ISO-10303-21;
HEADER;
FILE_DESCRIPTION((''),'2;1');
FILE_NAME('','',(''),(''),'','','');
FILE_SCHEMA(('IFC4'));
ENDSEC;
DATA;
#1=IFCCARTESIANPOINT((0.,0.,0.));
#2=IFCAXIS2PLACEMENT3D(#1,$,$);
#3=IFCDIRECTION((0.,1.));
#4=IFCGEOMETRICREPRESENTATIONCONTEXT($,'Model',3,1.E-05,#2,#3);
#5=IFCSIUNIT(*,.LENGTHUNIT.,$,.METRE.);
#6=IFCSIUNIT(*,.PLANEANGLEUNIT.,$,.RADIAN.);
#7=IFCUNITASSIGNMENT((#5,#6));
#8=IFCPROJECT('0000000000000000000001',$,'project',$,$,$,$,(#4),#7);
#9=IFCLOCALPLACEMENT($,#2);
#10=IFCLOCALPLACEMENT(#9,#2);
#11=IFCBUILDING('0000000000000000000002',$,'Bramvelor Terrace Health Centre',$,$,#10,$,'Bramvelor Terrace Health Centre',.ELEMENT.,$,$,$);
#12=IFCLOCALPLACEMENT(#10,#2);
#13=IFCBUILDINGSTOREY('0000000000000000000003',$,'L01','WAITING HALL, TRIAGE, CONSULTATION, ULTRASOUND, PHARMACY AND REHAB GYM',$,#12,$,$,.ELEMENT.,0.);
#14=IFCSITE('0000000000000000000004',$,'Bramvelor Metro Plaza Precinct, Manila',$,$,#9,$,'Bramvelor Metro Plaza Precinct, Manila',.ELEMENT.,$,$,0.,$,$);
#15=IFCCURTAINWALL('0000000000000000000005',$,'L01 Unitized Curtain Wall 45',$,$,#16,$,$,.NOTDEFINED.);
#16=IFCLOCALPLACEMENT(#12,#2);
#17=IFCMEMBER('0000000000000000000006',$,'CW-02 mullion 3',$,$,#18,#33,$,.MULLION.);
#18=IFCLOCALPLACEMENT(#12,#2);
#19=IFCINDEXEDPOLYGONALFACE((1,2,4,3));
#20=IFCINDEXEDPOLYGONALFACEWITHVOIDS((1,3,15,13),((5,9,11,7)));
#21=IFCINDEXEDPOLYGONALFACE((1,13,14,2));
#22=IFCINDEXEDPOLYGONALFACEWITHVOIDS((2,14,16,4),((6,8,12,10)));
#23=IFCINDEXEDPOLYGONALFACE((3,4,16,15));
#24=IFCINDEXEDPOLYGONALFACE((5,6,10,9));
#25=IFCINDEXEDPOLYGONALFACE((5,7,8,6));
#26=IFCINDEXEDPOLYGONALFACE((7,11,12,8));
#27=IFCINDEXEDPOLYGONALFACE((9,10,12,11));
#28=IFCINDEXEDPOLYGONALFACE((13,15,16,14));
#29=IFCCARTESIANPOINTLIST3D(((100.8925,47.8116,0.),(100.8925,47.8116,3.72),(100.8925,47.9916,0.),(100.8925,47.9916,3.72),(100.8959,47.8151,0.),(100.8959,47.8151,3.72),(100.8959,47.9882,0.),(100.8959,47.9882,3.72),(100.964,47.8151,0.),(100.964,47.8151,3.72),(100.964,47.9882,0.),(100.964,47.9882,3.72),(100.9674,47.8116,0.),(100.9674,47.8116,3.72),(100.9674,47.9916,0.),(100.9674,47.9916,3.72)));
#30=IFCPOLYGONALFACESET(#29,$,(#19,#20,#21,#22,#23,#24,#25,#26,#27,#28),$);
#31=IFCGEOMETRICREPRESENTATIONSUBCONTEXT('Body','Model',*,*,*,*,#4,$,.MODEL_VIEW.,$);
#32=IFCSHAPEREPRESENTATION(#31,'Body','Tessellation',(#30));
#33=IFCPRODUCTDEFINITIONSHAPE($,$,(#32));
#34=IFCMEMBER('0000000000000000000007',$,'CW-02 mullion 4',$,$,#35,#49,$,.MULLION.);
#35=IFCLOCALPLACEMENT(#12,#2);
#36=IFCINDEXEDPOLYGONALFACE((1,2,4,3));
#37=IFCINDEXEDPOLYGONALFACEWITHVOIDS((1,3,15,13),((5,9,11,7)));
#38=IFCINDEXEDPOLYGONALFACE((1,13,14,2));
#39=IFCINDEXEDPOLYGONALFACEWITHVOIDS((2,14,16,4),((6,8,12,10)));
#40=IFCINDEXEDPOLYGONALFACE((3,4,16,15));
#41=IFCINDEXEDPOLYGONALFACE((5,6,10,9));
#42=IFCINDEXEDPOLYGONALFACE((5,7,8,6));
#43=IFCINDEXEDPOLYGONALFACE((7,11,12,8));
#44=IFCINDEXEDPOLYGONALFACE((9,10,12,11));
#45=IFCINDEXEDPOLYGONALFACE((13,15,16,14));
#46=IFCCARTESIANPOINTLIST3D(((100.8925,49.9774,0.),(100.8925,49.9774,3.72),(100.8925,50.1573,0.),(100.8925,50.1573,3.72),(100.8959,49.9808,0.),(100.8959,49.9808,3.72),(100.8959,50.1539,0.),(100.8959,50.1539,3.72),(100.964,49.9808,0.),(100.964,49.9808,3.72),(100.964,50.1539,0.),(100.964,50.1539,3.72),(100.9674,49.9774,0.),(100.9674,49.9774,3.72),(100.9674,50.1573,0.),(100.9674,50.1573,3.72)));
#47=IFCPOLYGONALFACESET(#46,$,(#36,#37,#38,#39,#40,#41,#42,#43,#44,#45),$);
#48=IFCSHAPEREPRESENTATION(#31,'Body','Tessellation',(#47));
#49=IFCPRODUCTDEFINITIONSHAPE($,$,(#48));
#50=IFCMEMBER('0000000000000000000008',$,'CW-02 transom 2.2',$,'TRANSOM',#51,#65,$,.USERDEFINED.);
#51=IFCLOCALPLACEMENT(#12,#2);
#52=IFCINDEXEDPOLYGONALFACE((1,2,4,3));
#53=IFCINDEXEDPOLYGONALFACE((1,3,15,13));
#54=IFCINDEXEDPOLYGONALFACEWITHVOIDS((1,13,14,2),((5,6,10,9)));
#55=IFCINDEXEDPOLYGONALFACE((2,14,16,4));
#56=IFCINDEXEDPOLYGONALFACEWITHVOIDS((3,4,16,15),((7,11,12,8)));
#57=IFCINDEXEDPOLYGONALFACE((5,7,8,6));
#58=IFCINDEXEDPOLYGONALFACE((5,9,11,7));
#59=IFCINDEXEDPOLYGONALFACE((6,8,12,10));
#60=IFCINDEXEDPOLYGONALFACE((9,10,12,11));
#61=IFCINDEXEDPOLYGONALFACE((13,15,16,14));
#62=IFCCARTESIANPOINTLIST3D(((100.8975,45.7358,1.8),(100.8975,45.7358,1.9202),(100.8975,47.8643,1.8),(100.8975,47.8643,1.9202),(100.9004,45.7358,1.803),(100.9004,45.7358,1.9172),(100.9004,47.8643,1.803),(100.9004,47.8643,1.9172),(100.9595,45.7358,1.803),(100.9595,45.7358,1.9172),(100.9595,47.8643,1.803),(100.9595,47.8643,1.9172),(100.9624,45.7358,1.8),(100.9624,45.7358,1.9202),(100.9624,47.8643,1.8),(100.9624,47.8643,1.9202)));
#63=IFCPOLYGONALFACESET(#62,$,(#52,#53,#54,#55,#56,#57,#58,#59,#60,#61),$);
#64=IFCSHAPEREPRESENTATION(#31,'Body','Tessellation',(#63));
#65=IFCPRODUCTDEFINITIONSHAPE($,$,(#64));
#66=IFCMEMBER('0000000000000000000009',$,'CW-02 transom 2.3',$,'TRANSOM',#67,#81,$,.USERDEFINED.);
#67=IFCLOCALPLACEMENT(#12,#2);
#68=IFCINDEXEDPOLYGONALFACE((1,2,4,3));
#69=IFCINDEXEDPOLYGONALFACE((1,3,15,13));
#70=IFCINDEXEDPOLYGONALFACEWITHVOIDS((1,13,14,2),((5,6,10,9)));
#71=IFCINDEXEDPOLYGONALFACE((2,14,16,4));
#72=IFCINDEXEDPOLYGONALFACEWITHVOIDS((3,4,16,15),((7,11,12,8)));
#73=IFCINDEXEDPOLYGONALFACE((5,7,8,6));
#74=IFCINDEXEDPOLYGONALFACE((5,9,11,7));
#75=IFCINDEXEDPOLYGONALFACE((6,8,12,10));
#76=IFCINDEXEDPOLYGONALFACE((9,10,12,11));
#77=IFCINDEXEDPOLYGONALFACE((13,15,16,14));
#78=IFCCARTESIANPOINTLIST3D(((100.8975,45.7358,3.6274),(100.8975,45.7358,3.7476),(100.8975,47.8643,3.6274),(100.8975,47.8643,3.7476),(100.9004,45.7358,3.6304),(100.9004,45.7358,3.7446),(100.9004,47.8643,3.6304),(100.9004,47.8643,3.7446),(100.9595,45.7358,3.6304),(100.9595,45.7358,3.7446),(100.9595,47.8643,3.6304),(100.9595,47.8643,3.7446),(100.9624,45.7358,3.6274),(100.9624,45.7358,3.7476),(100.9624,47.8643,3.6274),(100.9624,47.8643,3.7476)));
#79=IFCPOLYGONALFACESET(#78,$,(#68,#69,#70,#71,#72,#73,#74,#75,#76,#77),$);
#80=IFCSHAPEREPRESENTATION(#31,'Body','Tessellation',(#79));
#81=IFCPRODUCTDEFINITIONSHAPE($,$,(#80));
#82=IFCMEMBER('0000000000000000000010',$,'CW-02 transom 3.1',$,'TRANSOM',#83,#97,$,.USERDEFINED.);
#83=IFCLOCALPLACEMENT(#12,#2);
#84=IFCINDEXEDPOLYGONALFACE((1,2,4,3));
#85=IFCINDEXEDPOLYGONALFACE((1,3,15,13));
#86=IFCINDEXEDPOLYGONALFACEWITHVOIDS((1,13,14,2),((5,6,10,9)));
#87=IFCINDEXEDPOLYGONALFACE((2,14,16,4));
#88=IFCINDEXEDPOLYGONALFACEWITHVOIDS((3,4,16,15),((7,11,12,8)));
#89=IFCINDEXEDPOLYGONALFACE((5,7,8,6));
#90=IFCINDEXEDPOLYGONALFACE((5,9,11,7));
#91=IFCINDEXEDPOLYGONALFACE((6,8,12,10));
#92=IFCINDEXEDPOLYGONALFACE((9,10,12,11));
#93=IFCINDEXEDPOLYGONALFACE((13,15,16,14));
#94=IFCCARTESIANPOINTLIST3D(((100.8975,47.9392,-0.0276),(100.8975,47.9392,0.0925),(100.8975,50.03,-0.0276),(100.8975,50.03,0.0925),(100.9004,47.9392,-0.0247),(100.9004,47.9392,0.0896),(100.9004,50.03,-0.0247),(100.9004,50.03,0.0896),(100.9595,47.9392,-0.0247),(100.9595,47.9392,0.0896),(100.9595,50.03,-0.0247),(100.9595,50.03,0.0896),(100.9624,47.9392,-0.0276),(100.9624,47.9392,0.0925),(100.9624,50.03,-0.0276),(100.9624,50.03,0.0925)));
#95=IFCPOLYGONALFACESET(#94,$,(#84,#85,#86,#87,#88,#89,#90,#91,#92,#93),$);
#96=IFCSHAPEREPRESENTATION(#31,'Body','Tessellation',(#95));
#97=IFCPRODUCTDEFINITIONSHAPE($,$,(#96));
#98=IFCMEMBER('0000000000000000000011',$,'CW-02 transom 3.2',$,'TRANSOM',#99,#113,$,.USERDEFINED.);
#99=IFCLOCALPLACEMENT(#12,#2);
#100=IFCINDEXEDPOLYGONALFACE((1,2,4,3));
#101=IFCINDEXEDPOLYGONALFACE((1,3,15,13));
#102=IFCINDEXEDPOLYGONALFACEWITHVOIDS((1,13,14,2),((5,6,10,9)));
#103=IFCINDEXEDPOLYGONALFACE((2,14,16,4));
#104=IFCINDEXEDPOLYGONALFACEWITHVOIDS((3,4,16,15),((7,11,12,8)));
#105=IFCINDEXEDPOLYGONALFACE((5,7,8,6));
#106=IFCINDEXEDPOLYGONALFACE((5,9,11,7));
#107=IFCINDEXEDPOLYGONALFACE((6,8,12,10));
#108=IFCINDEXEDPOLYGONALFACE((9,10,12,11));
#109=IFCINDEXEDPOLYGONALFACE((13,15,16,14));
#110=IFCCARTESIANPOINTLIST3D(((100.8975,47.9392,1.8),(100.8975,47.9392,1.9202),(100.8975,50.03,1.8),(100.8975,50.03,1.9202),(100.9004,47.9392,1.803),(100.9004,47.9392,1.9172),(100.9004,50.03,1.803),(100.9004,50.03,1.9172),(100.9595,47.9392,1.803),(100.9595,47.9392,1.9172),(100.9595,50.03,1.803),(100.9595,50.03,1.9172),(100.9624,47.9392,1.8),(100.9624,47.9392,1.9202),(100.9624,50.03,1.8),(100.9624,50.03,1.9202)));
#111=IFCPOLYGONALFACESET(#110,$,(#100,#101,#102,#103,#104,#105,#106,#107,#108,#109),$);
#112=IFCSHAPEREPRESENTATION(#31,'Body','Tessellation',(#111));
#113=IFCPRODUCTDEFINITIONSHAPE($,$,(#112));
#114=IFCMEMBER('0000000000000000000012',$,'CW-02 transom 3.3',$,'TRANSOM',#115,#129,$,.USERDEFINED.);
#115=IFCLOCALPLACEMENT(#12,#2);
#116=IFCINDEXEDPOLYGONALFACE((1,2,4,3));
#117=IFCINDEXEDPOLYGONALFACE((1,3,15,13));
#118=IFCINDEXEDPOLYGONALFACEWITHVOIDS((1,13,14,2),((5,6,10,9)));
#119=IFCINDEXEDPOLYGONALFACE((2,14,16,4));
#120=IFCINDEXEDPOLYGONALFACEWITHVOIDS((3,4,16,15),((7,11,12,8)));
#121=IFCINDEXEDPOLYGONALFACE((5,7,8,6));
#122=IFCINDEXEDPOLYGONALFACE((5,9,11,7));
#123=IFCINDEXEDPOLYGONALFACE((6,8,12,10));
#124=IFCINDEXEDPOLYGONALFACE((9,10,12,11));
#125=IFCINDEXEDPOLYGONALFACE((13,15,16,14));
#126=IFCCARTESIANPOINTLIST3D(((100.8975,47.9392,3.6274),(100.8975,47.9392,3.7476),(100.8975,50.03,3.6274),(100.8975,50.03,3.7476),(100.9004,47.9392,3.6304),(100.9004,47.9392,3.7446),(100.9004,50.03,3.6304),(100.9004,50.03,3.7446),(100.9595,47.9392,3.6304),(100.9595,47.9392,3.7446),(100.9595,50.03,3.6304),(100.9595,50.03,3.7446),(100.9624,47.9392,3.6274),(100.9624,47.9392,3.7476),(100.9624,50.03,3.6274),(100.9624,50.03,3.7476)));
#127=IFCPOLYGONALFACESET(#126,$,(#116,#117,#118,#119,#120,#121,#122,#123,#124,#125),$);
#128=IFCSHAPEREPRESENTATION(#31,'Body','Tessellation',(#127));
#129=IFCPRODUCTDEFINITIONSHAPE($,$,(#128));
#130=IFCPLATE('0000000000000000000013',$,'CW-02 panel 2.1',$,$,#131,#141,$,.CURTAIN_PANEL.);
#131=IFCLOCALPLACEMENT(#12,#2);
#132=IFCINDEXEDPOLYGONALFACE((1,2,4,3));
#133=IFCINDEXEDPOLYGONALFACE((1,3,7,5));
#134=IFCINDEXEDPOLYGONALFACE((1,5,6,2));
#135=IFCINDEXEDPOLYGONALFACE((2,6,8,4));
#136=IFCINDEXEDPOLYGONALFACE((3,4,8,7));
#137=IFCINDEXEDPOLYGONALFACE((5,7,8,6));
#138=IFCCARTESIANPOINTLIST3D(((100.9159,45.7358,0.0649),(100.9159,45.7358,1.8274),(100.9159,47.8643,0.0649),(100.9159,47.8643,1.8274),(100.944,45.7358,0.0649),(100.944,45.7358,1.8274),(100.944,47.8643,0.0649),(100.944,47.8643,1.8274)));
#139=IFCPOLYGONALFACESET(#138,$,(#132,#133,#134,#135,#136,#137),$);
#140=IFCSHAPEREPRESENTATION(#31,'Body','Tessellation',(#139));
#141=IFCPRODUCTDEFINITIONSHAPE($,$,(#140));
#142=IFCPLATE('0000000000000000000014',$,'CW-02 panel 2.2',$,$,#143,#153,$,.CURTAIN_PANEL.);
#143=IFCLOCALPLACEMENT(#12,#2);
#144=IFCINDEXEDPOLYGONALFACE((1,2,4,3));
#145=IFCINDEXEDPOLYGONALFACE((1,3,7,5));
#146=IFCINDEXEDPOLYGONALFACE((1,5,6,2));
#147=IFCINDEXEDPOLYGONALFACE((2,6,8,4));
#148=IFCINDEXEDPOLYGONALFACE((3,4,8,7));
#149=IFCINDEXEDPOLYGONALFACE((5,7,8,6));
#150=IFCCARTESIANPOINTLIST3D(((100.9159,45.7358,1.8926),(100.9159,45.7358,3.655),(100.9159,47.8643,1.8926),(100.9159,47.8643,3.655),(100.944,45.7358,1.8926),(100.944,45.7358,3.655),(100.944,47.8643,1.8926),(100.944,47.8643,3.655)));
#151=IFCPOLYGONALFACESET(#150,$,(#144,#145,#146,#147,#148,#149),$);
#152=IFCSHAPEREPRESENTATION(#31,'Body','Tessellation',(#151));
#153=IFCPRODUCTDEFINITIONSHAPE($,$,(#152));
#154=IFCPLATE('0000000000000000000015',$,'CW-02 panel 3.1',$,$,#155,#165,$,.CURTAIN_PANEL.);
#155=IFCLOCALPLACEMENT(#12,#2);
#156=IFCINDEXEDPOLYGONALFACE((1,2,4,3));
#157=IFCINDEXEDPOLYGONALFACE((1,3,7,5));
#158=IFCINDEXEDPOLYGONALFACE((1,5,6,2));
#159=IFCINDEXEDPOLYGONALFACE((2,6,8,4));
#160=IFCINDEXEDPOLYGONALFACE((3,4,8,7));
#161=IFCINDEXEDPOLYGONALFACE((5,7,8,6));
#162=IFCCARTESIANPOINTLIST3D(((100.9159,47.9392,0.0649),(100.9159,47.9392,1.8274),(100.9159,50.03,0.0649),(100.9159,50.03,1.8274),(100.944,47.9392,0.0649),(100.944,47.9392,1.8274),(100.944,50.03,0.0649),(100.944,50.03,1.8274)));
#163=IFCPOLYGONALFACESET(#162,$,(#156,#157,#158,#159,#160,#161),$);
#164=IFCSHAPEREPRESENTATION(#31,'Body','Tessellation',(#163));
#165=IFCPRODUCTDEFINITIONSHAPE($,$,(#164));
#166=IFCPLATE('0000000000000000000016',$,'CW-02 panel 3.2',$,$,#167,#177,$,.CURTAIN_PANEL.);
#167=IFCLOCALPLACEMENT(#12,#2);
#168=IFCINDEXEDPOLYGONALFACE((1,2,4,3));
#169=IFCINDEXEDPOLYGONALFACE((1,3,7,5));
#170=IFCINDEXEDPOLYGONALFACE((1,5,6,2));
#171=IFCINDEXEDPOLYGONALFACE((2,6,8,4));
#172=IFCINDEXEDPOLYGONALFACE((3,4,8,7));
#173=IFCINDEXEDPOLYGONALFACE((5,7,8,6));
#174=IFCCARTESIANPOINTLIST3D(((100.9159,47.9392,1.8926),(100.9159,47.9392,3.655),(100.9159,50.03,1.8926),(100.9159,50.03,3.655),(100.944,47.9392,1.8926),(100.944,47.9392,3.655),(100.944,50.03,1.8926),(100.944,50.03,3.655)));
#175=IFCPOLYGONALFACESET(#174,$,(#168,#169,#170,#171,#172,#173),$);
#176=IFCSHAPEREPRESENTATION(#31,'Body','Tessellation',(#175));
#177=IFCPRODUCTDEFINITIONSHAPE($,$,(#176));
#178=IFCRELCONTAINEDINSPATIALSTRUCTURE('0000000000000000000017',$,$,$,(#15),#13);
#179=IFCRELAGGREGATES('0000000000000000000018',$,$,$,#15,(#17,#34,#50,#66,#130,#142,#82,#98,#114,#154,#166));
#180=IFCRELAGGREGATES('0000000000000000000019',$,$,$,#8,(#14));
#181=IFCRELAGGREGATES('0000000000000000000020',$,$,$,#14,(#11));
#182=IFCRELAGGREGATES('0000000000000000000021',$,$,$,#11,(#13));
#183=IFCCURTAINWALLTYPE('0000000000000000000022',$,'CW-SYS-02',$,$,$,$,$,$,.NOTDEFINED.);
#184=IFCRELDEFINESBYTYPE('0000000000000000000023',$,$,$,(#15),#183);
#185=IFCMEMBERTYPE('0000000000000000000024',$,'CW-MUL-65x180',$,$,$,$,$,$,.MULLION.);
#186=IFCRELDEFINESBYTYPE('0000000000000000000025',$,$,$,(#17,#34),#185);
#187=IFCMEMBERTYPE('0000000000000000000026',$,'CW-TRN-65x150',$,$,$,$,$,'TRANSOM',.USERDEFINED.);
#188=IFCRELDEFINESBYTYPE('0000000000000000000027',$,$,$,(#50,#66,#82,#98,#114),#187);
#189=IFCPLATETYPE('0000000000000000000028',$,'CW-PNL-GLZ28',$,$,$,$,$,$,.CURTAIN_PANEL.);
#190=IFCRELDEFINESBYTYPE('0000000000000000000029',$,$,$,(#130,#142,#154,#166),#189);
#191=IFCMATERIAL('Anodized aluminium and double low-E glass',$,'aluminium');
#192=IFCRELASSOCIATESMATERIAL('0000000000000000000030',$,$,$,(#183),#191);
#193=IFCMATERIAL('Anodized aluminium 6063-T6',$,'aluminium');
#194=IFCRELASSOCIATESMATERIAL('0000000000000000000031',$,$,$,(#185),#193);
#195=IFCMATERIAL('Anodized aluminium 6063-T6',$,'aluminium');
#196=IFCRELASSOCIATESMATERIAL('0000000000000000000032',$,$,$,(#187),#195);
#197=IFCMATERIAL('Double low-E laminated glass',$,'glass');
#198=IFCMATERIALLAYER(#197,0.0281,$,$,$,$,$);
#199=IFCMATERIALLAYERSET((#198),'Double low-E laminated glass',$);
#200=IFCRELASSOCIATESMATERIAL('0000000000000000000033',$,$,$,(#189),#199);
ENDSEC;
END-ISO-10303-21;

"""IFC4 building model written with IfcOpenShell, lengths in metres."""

from ifc_helpers import new_model, si_unit, direction, frame, origin, origin_2d, place, context, subcontext, project, spatial, rectangle, hollow_rectangle, extrude, material, layer, layer_set, material_profile, profile_set, type_object, element, aggregate, save


model = new_model("IFC4")

# Units and contexts
model_context = context("Model", 3, precision=1e-05, world=origin(), true_north=direction((0.0, 1.0)))
body_context = subcontext(model_context, "Body", "Model", "MODEL_VIEW")
ifc_project = project(units=[si_unit("LENGTHUNIT", "METRE"), si_unit("PLANEANGLEUNIT", "RADIAN")], contexts=[model_context])

# Site, building, storey
site_placement = place(None, origin())
site = spatial("IfcSite", under=ifc_project, at=site_placement, Name="Bramvelor Metro Plaza Precinct, Manila", LongName="Bramvelor Metro Plaza Precinct, Manila", CompositionType="ELEMENT", RefElevation=0.0)
building_placement = place(site_placement, origin())
building = spatial("IfcBuilding", under=site, at=building_placement, Name="Bramvelor Terrace Health Centre", LongName="Bramvelor Terrace Health Centre", CompositionType="ELEMENT")
storey_placement = place(building_placement, origin())
storey = spatial("IfcBuildingStorey", under=building, at=storey_placement, Name="L01", Description="WAITING HALL, TRIAGE, CONSULTATION, ULTRASOUND, PHARMACY AND REHAB GYM", CompositionType="ELEMENT", Elevation=0.0)

# Curtain wall, members, plates
ifc_material_1 = material(Name="Anodized aluminium and double low-E glass", Category="aluminium")
curtain_wall_type = type_object("IfcCurtainWallType", Name="CW-SYS-02", PredefinedType="NOTDEFINED", material=ifc_material_1)
curtain_wall_placement = place(storey_placement, origin())
curtain_wall = element("IfcCurtainWall", 1, at=curtain_wall_placement, inside=storey, type_object=curtain_wall_type, Name="L01 Unitized Curtain Wall 45", PredefinedType="NOTDEFINED")
ifc_material_2 = material(Name="Anodized aluminium 6063-T6", Category="aluminium")
ifc_material_profile_1 = material_profile(ifc_material_2, hollow_rectangle(XDim=0.075, YDim=0.1799, WallThickness=0.0034, at=origin_2d()), Name="ALU-MUL 75x180x3.5")
ifc_profile_set_1 = profile_set([ifc_material_profile_1], Name="Anodized aluminium 6063-T6")
member_type_1 = type_object("IfcMemberType", Name="CW-MUL-65x180", PredefinedType="MULLION", material=ifc_profile_set_1)
member_1_placement = place(storey_placement, frame((100.9299, 47.9016, 0.0), z_axis=(0.0, 0.0, 1.0), x_axis=(-1.0, 0.0, 0.0)))
member_1 = element("IfcMember", 2, at=member_1_placement, type_object=member_type_1, Name="CW-02 mullion 3", PredefinedType="MULLION", context=body_context, shape_type="SweptSolid", body=[
    extrude(hollow_rectangle(XDim=0.075, YDim=0.1799, WallThickness=0.0034, at=origin_2d()), origin(), (0.0, 0.0, 1.0), 3.72),
])
member_2_placement = place(storey_placement, frame((100.9299, 50.0674, 0.0), z_axis=(0.0, 0.0, 1.0), x_axis=(-1.0, 0.0, 0.0)))
member_2 = element("IfcMember", 3, at=member_2_placement, type_object=member_type_1, Name="CW-02 mullion 4", PredefinedType="MULLION", context=body_context, shape_type="SweptSolid", body=[
    extrude(hollow_rectangle(XDim=0.075, YDim=0.1799, WallThickness=0.0034, at=origin_2d()), origin(), (0.0, 0.0, 1.0), 3.72),
])
ifc_material_3 = material(Name="Anodized aluminium 6063-T6", Category="aluminium")
ifc_material_profile_2 = material_profile(ifc_material_3, hollow_rectangle(XDim=0.0649, YDim=0.1201, WallThickness=0.0029, at=origin_2d()), Name="ALU-TRN 65x120x3.0")
ifc_profile_set_2 = profile_set([ifc_material_profile_2], Name="Anodized aluminium 6063-T6")
member_type_2 = type_object("IfcMemberType", Name="CW-TRN-65x150", ElementType="TRANSOM", PredefinedType="USERDEFINED", material=ifc_profile_set_2)
member_3_placement = place(storey_placement, frame((100.9299, 45.7358, 1.8601), z_axis=(0.0, 1.0, 0.0), x_axis=(-1.0, 0.0, 0.0)))
member_3 = element("IfcMember", 4, at=member_3_placement, type_object=member_type_2, Name="CW-02 transom 2.2", ObjectType="TRANSOM", PredefinedType="USERDEFINED", context=body_context, shape_type="SweptSolid", body=[
    extrude(hollow_rectangle(XDim=0.0649, YDim=0.1201, WallThickness=0.0029, at=origin_2d()), origin(), (0.0, 0.0, 1.0), 2.1284),
])
member_4_placement = place(storey_placement, frame((100.9299, 45.7358, 3.6875), z_axis=(0.0, 1.0, 0.0), x_axis=(-1.0, 0.0, 0.0)))
member_4 = element("IfcMember", 5, at=member_4_placement, type_object=member_type_2, Name="CW-02 transom 2.3", ObjectType="TRANSOM", PredefinedType="USERDEFINED", context=body_context, shape_type="SweptSolid", body=[
    extrude(hollow_rectangle(XDim=0.0649, YDim=0.1201, WallThickness=0.0029, at=origin_2d()), origin(), (0.0, 0.0, 1.0), 2.1284),
])
member_5_placement = place(storey_placement, frame((100.9299, 47.9392, 0.0325), z_axis=(0.0, 1.0, 0.0), x_axis=(-1.0, 0.0, 0.0)))
member_5 = element("IfcMember", 6, at=member_5_placement, type_object=member_type_2, Name="CW-02 transom 3.1", ObjectType="TRANSOM", PredefinedType="USERDEFINED", context=body_context, shape_type="SweptSolid", body=[
    extrude(hollow_rectangle(XDim=0.0649, YDim=0.1201, WallThickness=0.0029, at=origin_2d()), origin(), (0.0, 0.0, 1.0), 2.0908),
])
member_6_placement = place(storey_placement, frame((100.9299, 47.9392, 1.8601), z_axis=(0.0, 1.0, 0.0), x_axis=(-1.0, 0.0, 0.0)))
member_6 = element("IfcMember", 7, at=member_6_placement, type_object=member_type_2, Name="CW-02 transom 3.2", ObjectType="TRANSOM", PredefinedType="USERDEFINED", context=body_context, shape_type="SweptSolid", body=[
    extrude(hollow_rectangle(XDim=0.0649, YDim=0.1201, WallThickness=0.0029, at=origin_2d()), origin(), (0.0, 0.0, 1.0), 2.0908),
])
member_7_placement = place(storey_placement, frame((100.9299, 47.9392, 3.6875), z_axis=(0.0, 1.0, 0.0), x_axis=(-1.0, 0.0, 0.0)))
member_7 = element("IfcMember", 8, at=member_7_placement, type_object=member_type_2, Name="CW-02 transom 3.3", ObjectType="TRANSOM", PredefinedType="USERDEFINED", context=body_context, shape_type="SweptSolid", body=[
    extrude(hollow_rectangle(XDim=0.0649, YDim=0.1201, WallThickness=0.0029, at=origin_2d()), origin(), (0.0, 0.0, 1.0), 2.0908),
])
ifc_material_4 = material(Name="Double low-E laminated glass", Category="glass")
ifc_layer_1 = layer(ifc_material_4, 0.0281)
ifc_layer_set_1 = layer_set([ifc_layer_1], Name="Double low-E laminated glass")
plate_type = type_object("IfcPlateType", Name="CW-PNL-GLZ28", PredefinedType="CURTAIN_PANEL", material=ifc_layer_set_1)
plate_1_placement = place(storey_placement, frame((100.9299, 46.8, 0.0649), z_axis=(0.0, 0.0, 1.0), x_axis=(0.0, 1.0, 0.0)))
plate_1 = element("IfcPlate", 9, at=plate_1_placement, type_object=plate_type, Name="CW-02 panel 2.1", PredefinedType="CURTAIN_PANEL", context=body_context, shape_type="SweptSolid", body=[
    extrude(rectangle(XDim=2.1284, YDim=0.0281, at=origin_2d()), origin(), (0.0, 0.0, 1.0), 1.7625),
])
plate_2_placement = place(storey_placement, frame((100.9299, 46.8, 1.8926), z_axis=(0.0, 0.0, 1.0), x_axis=(0.0, 1.0, 0.0)))
plate_2 = element("IfcPlate", 10, at=plate_2_placement, type_object=plate_type, Name="CW-02 panel 2.2", PredefinedType="CURTAIN_PANEL", context=body_context, shape_type="SweptSolid", body=[
    extrude(rectangle(XDim=2.1284, YDim=0.0281, at=origin_2d()), origin(), (0.0, 0.0, 1.0), 1.7625),
])
plate_3_placement = place(storey_placement, frame((100.9299, 48.9846, 0.0649), z_axis=(0.0, 0.0, 1.0), x_axis=(0.0, 1.0, 0.0)))
plate_3 = element("IfcPlate", 11, at=plate_3_placement, type_object=plate_type, Name="CW-02 panel 3.1", PredefinedType="CURTAIN_PANEL", context=body_context, shape_type="SweptSolid", body=[
    extrude(rectangle(XDim=2.0908, YDim=0.0281, at=origin_2d()), origin(), (0.0, 0.0, 1.0), 1.7625),
])
plate_4_placement = place(storey_placement, frame((100.9299, 48.9846, 1.8926), z_axis=(0.0, 0.0, 1.0), x_axis=(0.0, 1.0, 0.0)))
plate_4 = element("IfcPlate", 12, at=plate_4_placement, type_object=plate_type, Name="CW-02 panel 3.2", PredefinedType="CURTAIN_PANEL", context=body_context, shape_type="SweptSolid", body=[
    extrude(rectangle(XDim=2.0908, YDim=0.0281, at=origin_2d()), origin(), (0.0, 0.0, 1.0), 1.7625),
])
aggregate(curtain_wall, [member_1, member_2, member_3, member_4, plate_1, plate_2, member_5, member_6, member_7, plate_3, plate_4])

save(model, "model.ifc")
